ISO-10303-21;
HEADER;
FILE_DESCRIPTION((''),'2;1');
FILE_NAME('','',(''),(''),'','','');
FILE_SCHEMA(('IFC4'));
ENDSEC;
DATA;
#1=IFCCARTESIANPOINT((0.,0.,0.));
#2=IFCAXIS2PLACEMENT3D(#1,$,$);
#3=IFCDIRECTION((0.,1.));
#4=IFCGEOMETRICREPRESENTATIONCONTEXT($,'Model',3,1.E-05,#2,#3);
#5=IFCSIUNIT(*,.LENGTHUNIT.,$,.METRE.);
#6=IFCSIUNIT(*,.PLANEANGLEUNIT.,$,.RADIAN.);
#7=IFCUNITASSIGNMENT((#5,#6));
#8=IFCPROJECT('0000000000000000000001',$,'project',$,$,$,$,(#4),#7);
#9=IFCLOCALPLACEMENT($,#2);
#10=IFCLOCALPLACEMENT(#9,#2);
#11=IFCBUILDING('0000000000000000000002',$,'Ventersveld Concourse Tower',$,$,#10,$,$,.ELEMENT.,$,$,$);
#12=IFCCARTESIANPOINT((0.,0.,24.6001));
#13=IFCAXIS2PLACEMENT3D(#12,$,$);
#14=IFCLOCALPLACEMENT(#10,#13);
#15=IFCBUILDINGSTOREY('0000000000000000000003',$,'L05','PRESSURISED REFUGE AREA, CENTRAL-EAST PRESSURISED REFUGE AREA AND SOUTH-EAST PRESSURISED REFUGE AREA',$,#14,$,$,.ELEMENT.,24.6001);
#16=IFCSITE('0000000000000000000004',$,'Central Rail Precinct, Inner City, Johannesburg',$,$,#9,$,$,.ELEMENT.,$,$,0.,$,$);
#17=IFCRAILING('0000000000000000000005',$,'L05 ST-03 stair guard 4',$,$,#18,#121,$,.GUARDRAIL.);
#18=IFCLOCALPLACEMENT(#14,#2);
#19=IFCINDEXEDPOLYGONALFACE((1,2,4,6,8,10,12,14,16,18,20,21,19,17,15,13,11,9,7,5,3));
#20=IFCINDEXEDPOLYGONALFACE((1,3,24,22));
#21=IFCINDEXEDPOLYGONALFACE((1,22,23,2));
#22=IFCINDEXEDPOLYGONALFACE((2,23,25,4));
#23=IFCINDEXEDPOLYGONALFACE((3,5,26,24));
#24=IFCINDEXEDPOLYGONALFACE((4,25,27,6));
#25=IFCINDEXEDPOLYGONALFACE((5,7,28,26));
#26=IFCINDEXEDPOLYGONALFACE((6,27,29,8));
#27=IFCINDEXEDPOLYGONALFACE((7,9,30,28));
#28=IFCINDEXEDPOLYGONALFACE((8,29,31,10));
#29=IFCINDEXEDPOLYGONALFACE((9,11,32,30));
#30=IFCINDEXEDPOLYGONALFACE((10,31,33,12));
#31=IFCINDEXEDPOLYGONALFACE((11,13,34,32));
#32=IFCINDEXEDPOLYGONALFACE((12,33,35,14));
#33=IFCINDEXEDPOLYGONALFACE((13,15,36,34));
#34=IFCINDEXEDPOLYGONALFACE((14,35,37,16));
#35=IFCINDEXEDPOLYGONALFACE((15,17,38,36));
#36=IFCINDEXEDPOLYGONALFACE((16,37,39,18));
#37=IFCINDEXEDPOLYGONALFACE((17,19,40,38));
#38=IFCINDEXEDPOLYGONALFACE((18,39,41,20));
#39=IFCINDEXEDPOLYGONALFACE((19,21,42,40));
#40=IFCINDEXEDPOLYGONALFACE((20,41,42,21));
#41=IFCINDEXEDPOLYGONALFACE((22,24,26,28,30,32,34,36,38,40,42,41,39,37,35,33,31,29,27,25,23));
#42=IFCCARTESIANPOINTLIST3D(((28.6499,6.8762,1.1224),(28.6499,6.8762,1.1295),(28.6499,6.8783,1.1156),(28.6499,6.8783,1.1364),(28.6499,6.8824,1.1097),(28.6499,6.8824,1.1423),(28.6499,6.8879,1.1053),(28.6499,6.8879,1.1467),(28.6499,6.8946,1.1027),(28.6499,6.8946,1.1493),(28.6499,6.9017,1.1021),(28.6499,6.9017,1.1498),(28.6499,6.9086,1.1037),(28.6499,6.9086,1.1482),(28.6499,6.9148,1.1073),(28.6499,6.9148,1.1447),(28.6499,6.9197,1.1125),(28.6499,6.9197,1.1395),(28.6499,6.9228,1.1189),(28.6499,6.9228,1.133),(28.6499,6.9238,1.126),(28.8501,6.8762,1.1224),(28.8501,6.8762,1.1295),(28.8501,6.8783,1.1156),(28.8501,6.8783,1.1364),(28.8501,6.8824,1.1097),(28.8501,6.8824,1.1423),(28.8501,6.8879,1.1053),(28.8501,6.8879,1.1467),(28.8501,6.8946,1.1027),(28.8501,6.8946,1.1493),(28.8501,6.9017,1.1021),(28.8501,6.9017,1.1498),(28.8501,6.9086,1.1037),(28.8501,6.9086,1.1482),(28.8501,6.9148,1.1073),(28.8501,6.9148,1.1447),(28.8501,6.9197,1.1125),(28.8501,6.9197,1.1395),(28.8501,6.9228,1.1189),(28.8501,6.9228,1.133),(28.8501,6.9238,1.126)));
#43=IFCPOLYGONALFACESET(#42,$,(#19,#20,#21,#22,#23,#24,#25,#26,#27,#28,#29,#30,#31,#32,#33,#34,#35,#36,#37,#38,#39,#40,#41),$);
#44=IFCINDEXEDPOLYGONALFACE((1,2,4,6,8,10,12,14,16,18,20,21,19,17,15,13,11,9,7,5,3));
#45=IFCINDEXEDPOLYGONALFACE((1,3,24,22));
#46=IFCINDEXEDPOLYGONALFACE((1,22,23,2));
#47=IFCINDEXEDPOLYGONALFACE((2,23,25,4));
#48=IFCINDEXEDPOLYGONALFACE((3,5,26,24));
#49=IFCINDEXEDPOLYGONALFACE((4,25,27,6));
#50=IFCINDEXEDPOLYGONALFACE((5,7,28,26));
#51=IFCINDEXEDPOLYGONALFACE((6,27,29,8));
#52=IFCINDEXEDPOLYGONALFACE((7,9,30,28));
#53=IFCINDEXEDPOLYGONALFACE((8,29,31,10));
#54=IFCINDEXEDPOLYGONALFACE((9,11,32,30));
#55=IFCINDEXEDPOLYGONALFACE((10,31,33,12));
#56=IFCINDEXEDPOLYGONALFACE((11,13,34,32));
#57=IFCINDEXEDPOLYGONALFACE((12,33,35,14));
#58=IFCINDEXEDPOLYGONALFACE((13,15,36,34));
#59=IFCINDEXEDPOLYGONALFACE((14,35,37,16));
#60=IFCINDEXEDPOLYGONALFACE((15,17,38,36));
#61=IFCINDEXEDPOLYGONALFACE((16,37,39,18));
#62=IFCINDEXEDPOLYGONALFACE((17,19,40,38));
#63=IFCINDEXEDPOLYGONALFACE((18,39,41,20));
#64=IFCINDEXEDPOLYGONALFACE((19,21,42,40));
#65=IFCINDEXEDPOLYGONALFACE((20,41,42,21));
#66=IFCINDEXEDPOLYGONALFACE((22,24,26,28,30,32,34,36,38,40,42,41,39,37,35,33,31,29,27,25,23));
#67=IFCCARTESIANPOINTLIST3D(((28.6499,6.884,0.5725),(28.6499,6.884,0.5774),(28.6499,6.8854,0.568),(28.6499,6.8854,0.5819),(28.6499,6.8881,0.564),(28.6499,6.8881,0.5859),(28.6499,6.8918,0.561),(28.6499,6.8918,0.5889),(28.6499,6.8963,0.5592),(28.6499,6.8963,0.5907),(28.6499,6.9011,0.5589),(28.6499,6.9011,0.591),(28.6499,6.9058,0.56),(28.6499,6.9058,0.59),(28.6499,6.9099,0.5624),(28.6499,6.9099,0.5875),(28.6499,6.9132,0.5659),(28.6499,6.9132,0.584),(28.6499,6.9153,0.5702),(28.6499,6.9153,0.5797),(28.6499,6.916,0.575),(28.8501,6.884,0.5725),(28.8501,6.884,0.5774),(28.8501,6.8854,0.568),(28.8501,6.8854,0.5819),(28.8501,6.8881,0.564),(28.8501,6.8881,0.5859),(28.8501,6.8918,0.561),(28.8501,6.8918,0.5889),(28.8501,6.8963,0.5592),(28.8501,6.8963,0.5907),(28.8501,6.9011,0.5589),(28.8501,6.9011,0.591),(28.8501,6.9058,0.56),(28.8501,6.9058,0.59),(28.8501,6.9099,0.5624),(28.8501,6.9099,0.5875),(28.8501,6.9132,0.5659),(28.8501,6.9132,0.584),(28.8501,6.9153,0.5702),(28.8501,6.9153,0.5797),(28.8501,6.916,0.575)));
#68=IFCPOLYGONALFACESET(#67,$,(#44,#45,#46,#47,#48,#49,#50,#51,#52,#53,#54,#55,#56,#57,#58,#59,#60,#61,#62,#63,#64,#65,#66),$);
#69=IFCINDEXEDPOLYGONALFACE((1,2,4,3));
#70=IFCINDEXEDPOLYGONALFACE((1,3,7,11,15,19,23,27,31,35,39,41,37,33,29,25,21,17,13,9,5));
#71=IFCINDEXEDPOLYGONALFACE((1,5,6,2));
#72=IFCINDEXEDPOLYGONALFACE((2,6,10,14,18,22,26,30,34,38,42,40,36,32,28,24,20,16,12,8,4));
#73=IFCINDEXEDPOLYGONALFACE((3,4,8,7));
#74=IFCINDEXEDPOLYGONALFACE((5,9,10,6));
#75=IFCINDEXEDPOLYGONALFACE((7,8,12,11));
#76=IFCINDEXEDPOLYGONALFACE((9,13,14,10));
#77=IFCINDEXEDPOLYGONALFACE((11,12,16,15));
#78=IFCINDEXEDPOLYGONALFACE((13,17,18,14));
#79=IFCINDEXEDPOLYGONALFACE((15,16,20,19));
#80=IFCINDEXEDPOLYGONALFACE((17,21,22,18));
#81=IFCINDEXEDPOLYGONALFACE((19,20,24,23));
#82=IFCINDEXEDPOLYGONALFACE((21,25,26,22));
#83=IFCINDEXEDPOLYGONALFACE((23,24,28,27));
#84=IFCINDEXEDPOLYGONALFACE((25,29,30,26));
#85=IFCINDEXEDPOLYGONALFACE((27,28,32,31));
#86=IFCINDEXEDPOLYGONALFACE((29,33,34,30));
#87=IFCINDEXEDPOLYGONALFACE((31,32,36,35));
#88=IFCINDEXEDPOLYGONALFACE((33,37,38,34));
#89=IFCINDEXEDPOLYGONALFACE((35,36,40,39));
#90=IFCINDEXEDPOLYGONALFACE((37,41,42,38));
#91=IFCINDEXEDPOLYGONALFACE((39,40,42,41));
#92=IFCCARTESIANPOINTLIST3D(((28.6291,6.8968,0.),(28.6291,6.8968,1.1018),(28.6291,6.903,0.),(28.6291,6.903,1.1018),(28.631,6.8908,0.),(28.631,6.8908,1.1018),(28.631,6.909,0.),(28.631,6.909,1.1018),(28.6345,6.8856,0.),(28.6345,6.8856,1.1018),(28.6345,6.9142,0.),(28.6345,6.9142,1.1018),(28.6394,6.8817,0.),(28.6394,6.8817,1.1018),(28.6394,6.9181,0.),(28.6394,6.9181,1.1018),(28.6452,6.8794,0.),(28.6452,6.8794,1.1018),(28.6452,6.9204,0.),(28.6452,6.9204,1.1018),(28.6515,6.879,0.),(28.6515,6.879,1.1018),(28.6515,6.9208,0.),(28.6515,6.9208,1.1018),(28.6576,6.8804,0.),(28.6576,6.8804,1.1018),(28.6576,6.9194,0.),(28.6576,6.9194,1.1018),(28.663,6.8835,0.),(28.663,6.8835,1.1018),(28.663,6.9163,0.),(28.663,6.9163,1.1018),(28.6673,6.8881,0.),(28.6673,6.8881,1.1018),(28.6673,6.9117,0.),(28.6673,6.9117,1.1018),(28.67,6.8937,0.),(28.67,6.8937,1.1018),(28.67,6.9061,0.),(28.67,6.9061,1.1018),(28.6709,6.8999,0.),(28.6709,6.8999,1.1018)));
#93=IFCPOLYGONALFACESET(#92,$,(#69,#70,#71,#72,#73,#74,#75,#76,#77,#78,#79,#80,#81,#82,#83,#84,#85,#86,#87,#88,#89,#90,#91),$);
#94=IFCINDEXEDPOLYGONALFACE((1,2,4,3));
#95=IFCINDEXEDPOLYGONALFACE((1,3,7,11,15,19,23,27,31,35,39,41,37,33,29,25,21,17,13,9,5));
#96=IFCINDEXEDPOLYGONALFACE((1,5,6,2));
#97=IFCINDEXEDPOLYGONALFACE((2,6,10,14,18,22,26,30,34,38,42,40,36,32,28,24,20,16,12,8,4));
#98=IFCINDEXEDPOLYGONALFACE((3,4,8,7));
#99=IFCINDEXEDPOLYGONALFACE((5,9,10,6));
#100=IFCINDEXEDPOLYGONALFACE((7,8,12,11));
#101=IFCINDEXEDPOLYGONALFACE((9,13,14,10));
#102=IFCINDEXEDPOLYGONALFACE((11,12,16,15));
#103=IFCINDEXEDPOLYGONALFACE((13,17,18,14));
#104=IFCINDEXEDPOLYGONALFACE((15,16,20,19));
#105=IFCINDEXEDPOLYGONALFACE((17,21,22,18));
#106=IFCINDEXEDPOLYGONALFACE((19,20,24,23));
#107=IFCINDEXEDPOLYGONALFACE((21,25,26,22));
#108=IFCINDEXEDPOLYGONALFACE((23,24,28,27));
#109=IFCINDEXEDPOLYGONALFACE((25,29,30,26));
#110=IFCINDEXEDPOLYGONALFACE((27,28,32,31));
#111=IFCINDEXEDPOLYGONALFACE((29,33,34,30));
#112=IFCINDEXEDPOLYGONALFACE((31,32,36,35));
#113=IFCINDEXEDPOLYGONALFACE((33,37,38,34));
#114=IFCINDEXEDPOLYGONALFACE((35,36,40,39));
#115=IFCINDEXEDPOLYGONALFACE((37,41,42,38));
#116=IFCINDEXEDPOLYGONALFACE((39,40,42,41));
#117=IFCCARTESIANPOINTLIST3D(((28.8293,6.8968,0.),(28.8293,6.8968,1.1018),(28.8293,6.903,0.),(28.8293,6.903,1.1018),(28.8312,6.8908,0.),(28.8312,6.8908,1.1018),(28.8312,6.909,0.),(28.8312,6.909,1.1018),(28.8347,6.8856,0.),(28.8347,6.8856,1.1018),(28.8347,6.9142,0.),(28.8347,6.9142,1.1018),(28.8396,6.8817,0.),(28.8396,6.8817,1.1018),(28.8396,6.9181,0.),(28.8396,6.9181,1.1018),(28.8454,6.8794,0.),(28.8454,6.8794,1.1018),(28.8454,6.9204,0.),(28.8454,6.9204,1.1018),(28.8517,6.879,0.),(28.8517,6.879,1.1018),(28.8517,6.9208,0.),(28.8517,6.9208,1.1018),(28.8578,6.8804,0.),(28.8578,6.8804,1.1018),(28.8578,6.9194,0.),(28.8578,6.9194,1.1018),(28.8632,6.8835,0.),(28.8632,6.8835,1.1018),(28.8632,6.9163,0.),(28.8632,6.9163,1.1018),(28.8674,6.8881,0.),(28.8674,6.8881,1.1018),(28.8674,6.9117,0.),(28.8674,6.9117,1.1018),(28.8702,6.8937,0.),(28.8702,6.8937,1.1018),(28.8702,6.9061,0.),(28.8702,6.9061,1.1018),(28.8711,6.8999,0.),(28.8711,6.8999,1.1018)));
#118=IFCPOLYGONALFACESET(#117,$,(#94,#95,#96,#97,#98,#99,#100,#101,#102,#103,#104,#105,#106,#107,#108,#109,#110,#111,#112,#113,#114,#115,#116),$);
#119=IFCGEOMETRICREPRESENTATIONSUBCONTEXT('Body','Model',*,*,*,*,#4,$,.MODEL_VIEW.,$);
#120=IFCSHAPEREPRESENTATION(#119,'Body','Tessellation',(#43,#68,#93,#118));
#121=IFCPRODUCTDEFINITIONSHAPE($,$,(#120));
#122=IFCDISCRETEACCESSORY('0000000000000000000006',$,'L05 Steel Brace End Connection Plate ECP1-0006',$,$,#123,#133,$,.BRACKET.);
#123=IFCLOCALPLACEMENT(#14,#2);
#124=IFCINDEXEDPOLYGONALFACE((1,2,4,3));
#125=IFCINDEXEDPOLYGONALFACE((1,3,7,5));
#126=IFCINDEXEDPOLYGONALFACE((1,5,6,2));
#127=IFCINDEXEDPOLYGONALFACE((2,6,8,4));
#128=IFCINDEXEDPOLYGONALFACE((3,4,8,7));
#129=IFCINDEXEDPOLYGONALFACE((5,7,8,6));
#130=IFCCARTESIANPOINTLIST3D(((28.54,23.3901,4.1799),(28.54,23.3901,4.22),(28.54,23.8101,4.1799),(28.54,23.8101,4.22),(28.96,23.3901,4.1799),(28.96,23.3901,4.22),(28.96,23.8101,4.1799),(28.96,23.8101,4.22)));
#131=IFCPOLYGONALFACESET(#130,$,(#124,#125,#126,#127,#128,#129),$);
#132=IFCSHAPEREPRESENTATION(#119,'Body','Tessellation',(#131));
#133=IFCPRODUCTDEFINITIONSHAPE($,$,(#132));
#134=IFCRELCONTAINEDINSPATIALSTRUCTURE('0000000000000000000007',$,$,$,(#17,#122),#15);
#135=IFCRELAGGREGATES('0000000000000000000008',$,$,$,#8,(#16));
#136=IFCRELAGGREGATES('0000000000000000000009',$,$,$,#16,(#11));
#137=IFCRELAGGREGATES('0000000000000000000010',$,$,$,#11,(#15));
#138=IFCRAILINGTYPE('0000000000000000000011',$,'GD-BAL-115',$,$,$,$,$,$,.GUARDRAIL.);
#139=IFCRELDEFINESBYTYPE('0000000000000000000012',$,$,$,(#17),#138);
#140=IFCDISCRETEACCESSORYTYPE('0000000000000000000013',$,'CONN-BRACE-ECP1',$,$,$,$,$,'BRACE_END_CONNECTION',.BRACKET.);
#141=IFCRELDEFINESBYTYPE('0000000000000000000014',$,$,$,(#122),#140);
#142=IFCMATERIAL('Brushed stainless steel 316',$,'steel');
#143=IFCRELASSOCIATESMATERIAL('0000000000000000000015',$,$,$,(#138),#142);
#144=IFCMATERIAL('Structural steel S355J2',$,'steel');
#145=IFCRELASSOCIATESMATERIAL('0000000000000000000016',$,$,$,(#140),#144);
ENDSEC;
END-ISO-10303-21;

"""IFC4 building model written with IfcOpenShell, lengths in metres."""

from ifc_helpers import new_model, si_unit, direction, frame, origin, origin_2d, place, context, subcontext, project, spatial, rectangle, circle, extrude, material, type_object, element, save


model = new_model("IFC4")

# Units and contexts
model_context = context("Model", 3, precision=1e-05, world=origin(), true_north=direction((0.0, 1.0)))
body_context = subcontext(model_context, "Body", "Model", "MODEL_VIEW")
ifc_project = project(units=[si_unit("LENGTHUNIT", "METRE"), si_unit("PLANEANGLEUNIT", "RADIAN")], contexts=[model_context])

# Site, building, storey
site_placement = place(None, origin())
site = spatial("IfcSite", under=ifc_project, at=site_placement, Name="Central Rail Precinct, Inner City, Johannesburg", CompositionType="ELEMENT", RefElevation=0.0)
building_placement = place(site_placement, origin())
building = spatial("IfcBuilding", under=site, at=building_placement, Name="Ventersveld Concourse Tower", CompositionType="ELEMENT")
storey_placement = place(building_placement, frame((0.0, 0.0, 24.6001)))
storey = spatial("IfcBuildingStorey", under=building, at=storey_placement, Name="L05", Description="PRESSURISED REFUGE AREA, CENTRAL-EAST PRESSURISED REFUGE AREA AND SOUTH-EAST PRESSURISED REFUGE AREA", CompositionType="ELEMENT", Elevation=24.6001)

# Shared definitions
ifc_material_1 = material(Name="Structural steel S355J2", Category="steel")

# Shared definitions
ifc_material_2 = material(Name="Brushed stainless steel 316", Category="steel")

# Railing
railing_type = type_object("IfcRailingType", Name="GD-BAL-115", PredefinedType="GUARDRAIL", material=ifc_material_2)
railing_1_placement = place(storey_placement, frame((28.6499, 6.8999, 0.0)))
element("IfcRailing", 1, at=railing_1_placement, inside=storey, type_object=railing_type, Name="L05 ST-03 stair guard 4", PredefinedType="GUARDRAIL", context=body_context, shape_type="SweptSolid", body=[
    extrude(circle(Radius=0.0239, at=origin_2d()), frame((0.0, 0.0, 1.126), z_axis=(1.0, 0.0, 0.0), x_axis=(0.0, 1.0, 0.0)), (0.0, 0.0, 1.0), 0.2002),
    extrude(circle(Radius=0.0161, at=origin_2d()), frame((0.0, 0.0, 0.575), z_axis=(1.0, 0.0, 0.0), x_axis=(0.0, 1.0, 0.0)), (0.0, 0.0, 1.0), 0.2002),
    extrude(circle(Radius=0.021, at=origin_2d()), origin(), (0.0, 0.0, 1.0), 1.1018),
    extrude(circle(Radius=0.021, at=origin_2d()), frame((0.2002, 0.0, 0.0)), (0.0, 0.0, 1.0), 1.1018),
])

# Discrete accessory
discrete_accessory_type = type_object("IfcDiscreteAccessoryType", Name="CONN-BRACE-ECP1", ElementType="BRACE_END_CONNECTION", PredefinedType="BRACKET", material=ifc_material_1)
discrete_accessory_placement = place(storey_placement, frame((28.75, 23.6001, 4.1799), z_axis=(0.0, 0.0, 1.0), x_axis=(1.0, 0.0, 0.0)))
element("IfcDiscreteAccessory", 2, at=discrete_accessory_placement, inside=storey, type_object=discrete_accessory_type, Name="L05 Steel Brace End Connection Plate ECP1-0006", PredefinedType="BRACKET", context=body_context, shape_type="SweptSolid", body=[
    extrude(rectangle(XDim=0.4199, YDim=0.4199, at=origin_2d()), origin(), (0.0, 0.0, 1.0), 0.04),
])

save(model, "model.ifc")
